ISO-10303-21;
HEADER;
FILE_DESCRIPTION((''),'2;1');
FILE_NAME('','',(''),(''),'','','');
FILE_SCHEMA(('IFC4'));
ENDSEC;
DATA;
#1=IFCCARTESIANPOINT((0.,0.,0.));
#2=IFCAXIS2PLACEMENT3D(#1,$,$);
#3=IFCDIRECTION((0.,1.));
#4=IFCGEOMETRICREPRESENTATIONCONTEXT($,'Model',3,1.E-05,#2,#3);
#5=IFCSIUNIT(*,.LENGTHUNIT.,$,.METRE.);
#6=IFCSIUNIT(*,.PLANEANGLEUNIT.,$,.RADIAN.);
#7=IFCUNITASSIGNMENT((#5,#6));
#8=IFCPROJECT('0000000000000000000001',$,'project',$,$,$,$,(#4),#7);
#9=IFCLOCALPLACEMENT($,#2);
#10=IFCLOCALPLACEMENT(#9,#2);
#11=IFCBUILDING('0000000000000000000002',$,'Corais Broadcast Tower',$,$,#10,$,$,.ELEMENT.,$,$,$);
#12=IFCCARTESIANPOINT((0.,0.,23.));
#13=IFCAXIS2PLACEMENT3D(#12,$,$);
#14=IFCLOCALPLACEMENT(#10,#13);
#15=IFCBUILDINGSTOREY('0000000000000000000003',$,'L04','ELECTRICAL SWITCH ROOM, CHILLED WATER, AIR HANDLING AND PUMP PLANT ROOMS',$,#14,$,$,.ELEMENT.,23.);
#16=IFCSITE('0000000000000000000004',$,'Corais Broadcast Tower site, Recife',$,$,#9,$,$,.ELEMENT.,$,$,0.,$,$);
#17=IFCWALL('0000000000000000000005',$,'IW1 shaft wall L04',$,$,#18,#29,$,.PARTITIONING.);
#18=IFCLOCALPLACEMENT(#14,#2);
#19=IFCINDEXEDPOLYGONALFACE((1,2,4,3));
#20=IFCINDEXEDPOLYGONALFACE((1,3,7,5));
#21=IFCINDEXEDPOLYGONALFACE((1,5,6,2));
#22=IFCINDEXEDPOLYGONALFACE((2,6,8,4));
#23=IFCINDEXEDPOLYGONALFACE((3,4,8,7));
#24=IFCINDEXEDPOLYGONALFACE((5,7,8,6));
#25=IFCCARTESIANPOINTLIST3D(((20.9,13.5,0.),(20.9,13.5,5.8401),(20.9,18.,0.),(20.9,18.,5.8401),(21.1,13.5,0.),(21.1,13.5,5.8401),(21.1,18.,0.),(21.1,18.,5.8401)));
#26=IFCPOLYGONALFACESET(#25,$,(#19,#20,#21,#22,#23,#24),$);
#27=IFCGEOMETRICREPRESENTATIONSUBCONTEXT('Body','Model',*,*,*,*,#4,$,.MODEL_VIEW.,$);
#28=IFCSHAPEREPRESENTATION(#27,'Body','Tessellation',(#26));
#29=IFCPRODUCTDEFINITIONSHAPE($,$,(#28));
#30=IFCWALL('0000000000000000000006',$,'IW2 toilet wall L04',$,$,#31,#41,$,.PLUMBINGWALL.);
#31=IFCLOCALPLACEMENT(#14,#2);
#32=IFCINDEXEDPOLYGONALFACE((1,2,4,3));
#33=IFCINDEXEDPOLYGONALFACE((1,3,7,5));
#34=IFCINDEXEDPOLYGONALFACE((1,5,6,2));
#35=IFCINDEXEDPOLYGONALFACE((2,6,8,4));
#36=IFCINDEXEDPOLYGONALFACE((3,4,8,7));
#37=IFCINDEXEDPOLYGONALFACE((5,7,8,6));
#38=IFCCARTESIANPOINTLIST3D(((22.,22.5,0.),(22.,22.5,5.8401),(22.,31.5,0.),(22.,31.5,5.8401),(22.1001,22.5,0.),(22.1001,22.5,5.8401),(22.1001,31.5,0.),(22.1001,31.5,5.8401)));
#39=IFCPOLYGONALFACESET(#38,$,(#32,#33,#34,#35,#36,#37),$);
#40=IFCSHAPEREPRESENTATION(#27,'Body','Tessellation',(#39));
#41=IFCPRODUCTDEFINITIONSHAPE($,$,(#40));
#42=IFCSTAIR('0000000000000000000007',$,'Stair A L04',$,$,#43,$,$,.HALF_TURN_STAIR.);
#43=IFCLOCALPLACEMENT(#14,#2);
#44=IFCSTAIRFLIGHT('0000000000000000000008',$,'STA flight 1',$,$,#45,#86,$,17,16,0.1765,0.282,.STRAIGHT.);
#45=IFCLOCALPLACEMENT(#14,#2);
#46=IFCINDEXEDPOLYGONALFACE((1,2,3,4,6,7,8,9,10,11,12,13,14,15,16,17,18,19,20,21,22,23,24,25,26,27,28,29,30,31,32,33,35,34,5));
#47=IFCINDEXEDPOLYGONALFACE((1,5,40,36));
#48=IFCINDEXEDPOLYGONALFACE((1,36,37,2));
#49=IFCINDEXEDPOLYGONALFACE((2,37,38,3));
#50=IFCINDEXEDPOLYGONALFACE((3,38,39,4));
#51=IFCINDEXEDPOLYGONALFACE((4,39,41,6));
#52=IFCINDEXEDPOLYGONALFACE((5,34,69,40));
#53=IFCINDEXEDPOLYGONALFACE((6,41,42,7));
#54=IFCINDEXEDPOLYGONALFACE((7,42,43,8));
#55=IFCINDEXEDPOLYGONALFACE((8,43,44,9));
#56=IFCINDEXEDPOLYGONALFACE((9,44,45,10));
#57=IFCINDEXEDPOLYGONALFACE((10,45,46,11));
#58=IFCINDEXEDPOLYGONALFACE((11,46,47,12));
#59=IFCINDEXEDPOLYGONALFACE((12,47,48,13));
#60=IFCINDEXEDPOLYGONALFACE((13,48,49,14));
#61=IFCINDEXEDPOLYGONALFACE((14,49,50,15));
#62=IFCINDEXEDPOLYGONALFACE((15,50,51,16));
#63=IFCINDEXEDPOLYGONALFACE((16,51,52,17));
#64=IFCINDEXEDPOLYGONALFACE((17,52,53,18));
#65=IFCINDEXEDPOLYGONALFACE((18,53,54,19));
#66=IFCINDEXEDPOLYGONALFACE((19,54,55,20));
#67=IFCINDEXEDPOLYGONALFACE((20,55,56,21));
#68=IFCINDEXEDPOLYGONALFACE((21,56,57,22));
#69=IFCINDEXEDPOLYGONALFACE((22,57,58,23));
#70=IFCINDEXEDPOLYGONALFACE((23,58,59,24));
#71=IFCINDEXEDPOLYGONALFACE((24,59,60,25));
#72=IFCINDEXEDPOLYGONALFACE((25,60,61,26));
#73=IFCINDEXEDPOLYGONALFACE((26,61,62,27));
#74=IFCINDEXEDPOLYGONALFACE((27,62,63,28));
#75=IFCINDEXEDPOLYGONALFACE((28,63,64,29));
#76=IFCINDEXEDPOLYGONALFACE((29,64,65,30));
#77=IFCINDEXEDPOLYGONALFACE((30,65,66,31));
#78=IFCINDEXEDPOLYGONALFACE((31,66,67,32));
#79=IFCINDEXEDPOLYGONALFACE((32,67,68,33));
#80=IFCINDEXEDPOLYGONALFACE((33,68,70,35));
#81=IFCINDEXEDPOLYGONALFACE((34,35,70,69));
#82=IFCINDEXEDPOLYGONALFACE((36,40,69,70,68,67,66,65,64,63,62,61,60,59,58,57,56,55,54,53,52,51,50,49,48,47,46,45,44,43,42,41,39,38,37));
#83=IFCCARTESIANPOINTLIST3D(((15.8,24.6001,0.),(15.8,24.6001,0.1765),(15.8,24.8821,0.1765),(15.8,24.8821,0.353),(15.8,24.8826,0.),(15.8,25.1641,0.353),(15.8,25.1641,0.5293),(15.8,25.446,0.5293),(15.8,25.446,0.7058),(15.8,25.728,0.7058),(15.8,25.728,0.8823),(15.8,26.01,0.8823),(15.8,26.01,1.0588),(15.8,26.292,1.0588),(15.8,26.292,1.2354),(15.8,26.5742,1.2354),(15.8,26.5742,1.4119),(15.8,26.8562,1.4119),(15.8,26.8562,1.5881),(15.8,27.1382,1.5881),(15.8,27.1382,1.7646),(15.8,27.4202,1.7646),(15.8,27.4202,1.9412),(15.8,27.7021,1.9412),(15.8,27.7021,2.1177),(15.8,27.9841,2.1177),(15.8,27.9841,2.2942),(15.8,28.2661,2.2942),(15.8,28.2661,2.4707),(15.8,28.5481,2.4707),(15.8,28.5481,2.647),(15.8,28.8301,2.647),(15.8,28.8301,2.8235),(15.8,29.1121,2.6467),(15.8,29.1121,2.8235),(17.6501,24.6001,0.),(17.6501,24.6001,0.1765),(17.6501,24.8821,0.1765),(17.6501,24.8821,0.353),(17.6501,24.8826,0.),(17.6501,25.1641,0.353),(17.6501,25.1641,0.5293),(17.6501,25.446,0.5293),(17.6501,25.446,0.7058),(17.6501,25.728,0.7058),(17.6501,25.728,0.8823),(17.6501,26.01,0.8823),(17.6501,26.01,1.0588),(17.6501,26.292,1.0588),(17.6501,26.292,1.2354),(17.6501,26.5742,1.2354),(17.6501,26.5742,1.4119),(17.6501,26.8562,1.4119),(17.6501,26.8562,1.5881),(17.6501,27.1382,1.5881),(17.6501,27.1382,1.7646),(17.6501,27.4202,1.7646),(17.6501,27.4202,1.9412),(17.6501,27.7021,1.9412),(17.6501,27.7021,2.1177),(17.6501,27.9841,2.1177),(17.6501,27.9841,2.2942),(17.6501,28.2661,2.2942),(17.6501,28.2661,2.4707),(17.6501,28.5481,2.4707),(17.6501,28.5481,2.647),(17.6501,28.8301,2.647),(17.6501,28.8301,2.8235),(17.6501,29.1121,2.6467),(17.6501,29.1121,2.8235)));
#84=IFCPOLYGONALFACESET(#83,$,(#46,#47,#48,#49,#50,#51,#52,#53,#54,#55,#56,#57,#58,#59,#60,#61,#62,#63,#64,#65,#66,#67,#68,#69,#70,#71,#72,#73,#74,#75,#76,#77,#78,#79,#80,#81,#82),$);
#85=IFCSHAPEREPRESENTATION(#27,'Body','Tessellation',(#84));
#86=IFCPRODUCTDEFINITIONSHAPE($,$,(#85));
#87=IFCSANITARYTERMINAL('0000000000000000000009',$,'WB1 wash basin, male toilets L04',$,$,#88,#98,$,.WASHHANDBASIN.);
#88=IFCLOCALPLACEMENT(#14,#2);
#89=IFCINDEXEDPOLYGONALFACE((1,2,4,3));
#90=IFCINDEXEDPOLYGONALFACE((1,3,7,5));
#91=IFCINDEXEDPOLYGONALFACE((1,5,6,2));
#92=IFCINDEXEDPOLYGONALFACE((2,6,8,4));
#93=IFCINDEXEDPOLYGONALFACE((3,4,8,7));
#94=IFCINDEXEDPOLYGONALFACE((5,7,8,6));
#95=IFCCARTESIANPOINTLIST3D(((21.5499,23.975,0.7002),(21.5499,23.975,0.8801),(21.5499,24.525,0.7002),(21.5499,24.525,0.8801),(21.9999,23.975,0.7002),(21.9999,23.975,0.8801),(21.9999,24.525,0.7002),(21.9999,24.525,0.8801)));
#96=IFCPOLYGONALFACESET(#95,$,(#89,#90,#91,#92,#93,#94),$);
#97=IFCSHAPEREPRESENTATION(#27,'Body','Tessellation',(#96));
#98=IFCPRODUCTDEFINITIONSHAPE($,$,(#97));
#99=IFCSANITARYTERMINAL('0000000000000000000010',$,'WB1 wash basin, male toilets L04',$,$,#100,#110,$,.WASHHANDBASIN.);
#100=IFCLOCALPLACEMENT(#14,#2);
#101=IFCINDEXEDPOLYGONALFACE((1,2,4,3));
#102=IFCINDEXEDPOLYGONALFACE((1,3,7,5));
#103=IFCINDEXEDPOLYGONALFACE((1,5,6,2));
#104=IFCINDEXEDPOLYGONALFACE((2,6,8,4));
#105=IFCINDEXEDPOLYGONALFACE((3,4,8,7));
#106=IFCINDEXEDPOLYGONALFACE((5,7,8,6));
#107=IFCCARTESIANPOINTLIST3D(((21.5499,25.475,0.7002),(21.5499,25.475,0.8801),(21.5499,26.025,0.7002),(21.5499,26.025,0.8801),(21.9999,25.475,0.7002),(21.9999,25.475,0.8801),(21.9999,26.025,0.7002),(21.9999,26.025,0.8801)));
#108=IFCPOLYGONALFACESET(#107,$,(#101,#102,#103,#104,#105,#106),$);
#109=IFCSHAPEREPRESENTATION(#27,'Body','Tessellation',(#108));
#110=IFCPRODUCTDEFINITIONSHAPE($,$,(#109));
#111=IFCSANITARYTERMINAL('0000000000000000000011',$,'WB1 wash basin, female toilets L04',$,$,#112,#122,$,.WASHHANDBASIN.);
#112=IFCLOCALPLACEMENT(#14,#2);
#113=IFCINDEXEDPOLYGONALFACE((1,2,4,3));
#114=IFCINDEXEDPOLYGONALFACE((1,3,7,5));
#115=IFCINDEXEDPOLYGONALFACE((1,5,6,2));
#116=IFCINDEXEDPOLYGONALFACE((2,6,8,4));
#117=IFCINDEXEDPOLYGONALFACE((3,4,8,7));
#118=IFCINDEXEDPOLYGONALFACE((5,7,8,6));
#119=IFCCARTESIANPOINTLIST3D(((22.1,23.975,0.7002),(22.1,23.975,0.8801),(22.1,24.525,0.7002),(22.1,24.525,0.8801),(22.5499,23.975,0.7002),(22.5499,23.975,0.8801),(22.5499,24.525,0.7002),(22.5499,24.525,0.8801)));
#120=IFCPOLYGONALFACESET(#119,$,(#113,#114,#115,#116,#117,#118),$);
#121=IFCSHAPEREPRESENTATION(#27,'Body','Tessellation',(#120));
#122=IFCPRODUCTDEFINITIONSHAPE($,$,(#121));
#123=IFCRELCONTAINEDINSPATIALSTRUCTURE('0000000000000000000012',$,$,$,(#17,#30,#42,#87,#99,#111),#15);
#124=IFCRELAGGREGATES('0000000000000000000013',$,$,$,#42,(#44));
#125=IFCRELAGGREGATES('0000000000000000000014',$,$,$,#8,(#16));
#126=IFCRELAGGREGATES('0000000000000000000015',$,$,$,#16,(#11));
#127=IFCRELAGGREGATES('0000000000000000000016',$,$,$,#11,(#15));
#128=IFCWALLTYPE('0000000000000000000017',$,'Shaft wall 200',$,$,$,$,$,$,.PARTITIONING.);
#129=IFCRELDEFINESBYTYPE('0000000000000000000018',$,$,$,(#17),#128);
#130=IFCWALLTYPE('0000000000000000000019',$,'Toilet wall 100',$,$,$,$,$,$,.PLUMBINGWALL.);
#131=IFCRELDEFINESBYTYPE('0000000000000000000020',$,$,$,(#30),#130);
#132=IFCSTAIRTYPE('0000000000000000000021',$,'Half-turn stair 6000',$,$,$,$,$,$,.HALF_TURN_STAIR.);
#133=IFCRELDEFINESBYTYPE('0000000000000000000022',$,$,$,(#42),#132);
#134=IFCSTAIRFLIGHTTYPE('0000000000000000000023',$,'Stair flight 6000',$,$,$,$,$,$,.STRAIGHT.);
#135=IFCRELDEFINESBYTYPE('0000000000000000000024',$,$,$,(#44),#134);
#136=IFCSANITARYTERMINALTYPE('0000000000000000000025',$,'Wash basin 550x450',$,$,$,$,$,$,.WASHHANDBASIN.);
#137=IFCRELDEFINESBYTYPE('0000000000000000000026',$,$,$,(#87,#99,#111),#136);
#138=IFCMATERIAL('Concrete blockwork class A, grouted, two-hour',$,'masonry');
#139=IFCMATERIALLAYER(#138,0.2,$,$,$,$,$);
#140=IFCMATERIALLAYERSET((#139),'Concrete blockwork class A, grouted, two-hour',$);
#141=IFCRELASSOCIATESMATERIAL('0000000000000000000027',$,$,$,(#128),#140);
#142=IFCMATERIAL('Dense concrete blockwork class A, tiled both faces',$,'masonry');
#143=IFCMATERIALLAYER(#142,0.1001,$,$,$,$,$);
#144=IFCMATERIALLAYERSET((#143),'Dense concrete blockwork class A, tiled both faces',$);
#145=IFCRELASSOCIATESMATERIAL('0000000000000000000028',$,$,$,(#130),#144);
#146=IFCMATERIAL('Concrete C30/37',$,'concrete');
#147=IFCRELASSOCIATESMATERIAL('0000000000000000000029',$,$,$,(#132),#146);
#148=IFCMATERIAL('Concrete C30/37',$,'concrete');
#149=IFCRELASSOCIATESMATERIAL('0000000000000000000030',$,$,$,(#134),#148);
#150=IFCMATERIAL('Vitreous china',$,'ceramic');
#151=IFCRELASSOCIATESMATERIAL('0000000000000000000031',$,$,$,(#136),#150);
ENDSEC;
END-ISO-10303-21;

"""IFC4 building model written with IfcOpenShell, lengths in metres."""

from ifc_helpers import new_model, si_unit, direction, frame, frame_2d, origin, origin_2d, place, context, subcontext, project, spatial, polyline, rectangle, outline, extrude, material, layer, layer_set, type_object, element, aggregate, save


model = new_model("IFC4")

# Units and contexts
model_context = context("Model", 3, precision=1e-05, world=origin(), true_north=direction((0.0, 1.0)))
body_context = subcontext(model_context, "Body", "Model", "MODEL_VIEW")
ifc_project = project(units=[si_unit("LENGTHUNIT", "METRE"), si_unit("PLANEANGLEUNIT", "RADIAN")], contexts=[model_context])

# Site, building, storey
site_placement = place(None, origin())
site = spatial("IfcSite", under=ifc_project, at=site_placement, Name="Corais Broadcast Tower site, Recife", CompositionType="ELEMENT", RefElevation=0.0)
building_placement = place(site_placement, origin())
building = spatial("IfcBuilding", under=site, at=building_placement, Name="Corais Broadcast Tower", CompositionType="ELEMENT")
storey_placement = place(building_placement, frame((0.0, 0.0, 23.0)))
storey = spatial("IfcBuildingStorey", under=building, at=storey_placement, Name="L04", Description="ELECTRICAL SWITCH ROOM, CHILLED WATER, AIR HANDLING AND PUMP PLANT ROOMS", CompositionType="ELEMENT", Elevation=23.0)

# Walls
ifc_material_1 = material(Name="Concrete blockwork class A, grouted, two-hour", Category="masonry")
ifc_layer_1 = layer(ifc_material_1, 0.2)
ifc_layer_set_1 = layer_set([ifc_layer_1], Name="Concrete blockwork class A, grouted, two-hour")
wall_type_1 = type_object("IfcWallType", Name="Shaft wall 200", PredefinedType="PARTITIONING", material=ifc_layer_set_1)
wall_1_placement = place(storey_placement, frame((21.0, 13.5, 0.0), z_axis=(0.0, 0.0, 1.0), x_axis=(0.0, 1.0, 0.0)))
element("IfcWall", 1, at=wall_1_placement, inside=storey, type_object=wall_type_1, Name="IW1 shaft wall L04", PredefinedType="PARTITIONING", context=body_context, shape_type="SweptSolid", body=[
    extrude(rectangle(XDim=4.5, YDim=0.2, at=frame_2d((2.25, 0.0))), origin(), (0.0, 0.0, 1.0), 5.8401),
])
ifc_material_2 = material(Name="Dense concrete blockwork class A, tiled both faces", Category="masonry")
ifc_layer_2 = layer(ifc_material_2, 0.1001)
ifc_layer_set_2 = layer_set([ifc_layer_2], Name="Dense concrete blockwork class A, tiled both faces")
wall_type_2 = type_object("IfcWallType", Name="Toilet wall 100", PredefinedType="PLUMBINGWALL", material=ifc_layer_set_2)
wall_2_placement = place(storey_placement, frame((22.05, 22.5, 0.0), z_axis=(0.0, 0.0, 1.0), x_axis=(0.0, 1.0, 0.0)))
element("IfcWall", 2, at=wall_2_placement, inside=storey, type_object=wall_type_2, Name="IW2 toilet wall L04", PredefinedType="PLUMBINGWALL", context=body_context, shape_type="SweptSolid", body=[
    extrude(rectangle(XDim=9.0, YDim=0.1001, at=frame_2d((4.5, 0.0))), origin(), (0.0, 0.0, 1.0), 5.8401),
])

# Stair, stair flight
ifc_material_3 = material(Name="Concrete C30/37", Category="concrete")
stair_type = type_object("IfcStairType", Name="Half-turn stair 6000", PredefinedType="HALF_TURN_STAIR", material=ifc_material_3)
stair_placement = place(storey_placement, origin())
stair = element("IfcStair", 3, at=stair_placement, inside=storey, type_object=stair_type, Name="Stair A L04", PredefinedType="HALF_TURN_STAIR")
ifc_material_4 = material(Name="Concrete C30/37", Category="concrete")
stair_flight_type = type_object("IfcStairFlightType", Name="Stair flight 6000", PredefinedType="STRAIGHT", material=ifc_material_4)
stair_flight_placement = place(storey_placement, frame((16.7251, 24.6001, 0.0), z_axis=(0.0, 0.0, 1.0), x_axis=(0.0, 1.0, 0.0)))
stair_flight = element("IfcStairFlight", 4, at=stair_flight_placement, type_object=stair_flight_type, Name="STA flight 1", NumberOfRisers=17, NumberOfTreads=16, PredefinedType="STRAIGHT", RiserHeight=0.1765, TreadLength=0.282, context=body_context, shape_type="SweptSolid", body=[
    extrude(outline(polyline([(0.0, 0.0), (0.0, 0.1765), (0.282, 0.1765), (0.282, 0.353), (0.564, 0.353), (0.564, 0.5293), (0.8459, 0.5293), (0.8459, 0.7058), (1.1279, 0.7058), (1.1279, 0.8823), (1.4099, 0.8823), (1.4099, 1.0588), (1.6919, 1.0588), (1.6919, 1.2354), (1.9741, 1.2354), (1.9741, 1.4119), (2.2561, 1.4119), (2.2561, 1.5881), (2.5381, 1.5881), (2.5381, 1.7646), (2.8201, 1.7646), (2.8201, 1.9412), (3.1021, 1.9412), (3.1021, 2.1177), (3.384, 2.1177), (3.384, 2.2942), (3.666, 2.2942), (3.666, 2.4707), (3.948, 2.4707), (3.948, 2.647), (4.23, 2.647), (4.23, 2.8235), (4.512, 2.8235), (4.512, 3.0), (4.512, 2.6467), (0.2825, 0.0), (0.0, 0.0)])), frame((0.0, 0.925, 0.0), z_axis=(0.0, -1.0, 0.0), x_axis=(1.0, 0.0, 0.0)), (0.0, 0.0, 1.0), 1.8501),
])
aggregate(stair, [stair_flight])

# Sanitary terminals
ifc_material_5 = material(Name="Vitreous china", Category="ceramic")
sanitary_terminal_type = type_object("IfcSanitaryTerminalType", Name="Wash basin 550x450", PredefinedType="WASHHANDBASIN", material=ifc_material_5)
for number, where, z_axis, x_axis, name in (
    (5, (21.7749, 24.25, 0.7002), (0.0, 0.0, 1.0), (1.0, 0.0, 0.0), "WB1 wash basin, male toilets L04"),
    (6, (21.7749, 25.75, 0.7002), (0.0, 0.0, 1.0), (1.0, 0.0, 0.0), "WB1 wash basin, male toilets L04"),
    (7, (22.325, 24.25, 0.7002), (0.0, 0.0, 1.0), (1.0, 0.0, 0.0), "WB1 wash basin, female toilets L04"),
):
    element("IfcSanitaryTerminal", number, at=place(storey_placement, frame(where, z_axis=z_axis, x_axis=x_axis)), inside=storey, type_object=sanitary_terminal_type, Name=name, PredefinedType="WASHHANDBASIN", context=body_context, shape_type="SweptSolid", body=[
        extrude(rectangle(XDim=0.45, YDim=0.55, at=origin_2d()), origin(), (0.0, 0.0, 1.0), 0.1799),
    ])

save(model, "model.ifc")
